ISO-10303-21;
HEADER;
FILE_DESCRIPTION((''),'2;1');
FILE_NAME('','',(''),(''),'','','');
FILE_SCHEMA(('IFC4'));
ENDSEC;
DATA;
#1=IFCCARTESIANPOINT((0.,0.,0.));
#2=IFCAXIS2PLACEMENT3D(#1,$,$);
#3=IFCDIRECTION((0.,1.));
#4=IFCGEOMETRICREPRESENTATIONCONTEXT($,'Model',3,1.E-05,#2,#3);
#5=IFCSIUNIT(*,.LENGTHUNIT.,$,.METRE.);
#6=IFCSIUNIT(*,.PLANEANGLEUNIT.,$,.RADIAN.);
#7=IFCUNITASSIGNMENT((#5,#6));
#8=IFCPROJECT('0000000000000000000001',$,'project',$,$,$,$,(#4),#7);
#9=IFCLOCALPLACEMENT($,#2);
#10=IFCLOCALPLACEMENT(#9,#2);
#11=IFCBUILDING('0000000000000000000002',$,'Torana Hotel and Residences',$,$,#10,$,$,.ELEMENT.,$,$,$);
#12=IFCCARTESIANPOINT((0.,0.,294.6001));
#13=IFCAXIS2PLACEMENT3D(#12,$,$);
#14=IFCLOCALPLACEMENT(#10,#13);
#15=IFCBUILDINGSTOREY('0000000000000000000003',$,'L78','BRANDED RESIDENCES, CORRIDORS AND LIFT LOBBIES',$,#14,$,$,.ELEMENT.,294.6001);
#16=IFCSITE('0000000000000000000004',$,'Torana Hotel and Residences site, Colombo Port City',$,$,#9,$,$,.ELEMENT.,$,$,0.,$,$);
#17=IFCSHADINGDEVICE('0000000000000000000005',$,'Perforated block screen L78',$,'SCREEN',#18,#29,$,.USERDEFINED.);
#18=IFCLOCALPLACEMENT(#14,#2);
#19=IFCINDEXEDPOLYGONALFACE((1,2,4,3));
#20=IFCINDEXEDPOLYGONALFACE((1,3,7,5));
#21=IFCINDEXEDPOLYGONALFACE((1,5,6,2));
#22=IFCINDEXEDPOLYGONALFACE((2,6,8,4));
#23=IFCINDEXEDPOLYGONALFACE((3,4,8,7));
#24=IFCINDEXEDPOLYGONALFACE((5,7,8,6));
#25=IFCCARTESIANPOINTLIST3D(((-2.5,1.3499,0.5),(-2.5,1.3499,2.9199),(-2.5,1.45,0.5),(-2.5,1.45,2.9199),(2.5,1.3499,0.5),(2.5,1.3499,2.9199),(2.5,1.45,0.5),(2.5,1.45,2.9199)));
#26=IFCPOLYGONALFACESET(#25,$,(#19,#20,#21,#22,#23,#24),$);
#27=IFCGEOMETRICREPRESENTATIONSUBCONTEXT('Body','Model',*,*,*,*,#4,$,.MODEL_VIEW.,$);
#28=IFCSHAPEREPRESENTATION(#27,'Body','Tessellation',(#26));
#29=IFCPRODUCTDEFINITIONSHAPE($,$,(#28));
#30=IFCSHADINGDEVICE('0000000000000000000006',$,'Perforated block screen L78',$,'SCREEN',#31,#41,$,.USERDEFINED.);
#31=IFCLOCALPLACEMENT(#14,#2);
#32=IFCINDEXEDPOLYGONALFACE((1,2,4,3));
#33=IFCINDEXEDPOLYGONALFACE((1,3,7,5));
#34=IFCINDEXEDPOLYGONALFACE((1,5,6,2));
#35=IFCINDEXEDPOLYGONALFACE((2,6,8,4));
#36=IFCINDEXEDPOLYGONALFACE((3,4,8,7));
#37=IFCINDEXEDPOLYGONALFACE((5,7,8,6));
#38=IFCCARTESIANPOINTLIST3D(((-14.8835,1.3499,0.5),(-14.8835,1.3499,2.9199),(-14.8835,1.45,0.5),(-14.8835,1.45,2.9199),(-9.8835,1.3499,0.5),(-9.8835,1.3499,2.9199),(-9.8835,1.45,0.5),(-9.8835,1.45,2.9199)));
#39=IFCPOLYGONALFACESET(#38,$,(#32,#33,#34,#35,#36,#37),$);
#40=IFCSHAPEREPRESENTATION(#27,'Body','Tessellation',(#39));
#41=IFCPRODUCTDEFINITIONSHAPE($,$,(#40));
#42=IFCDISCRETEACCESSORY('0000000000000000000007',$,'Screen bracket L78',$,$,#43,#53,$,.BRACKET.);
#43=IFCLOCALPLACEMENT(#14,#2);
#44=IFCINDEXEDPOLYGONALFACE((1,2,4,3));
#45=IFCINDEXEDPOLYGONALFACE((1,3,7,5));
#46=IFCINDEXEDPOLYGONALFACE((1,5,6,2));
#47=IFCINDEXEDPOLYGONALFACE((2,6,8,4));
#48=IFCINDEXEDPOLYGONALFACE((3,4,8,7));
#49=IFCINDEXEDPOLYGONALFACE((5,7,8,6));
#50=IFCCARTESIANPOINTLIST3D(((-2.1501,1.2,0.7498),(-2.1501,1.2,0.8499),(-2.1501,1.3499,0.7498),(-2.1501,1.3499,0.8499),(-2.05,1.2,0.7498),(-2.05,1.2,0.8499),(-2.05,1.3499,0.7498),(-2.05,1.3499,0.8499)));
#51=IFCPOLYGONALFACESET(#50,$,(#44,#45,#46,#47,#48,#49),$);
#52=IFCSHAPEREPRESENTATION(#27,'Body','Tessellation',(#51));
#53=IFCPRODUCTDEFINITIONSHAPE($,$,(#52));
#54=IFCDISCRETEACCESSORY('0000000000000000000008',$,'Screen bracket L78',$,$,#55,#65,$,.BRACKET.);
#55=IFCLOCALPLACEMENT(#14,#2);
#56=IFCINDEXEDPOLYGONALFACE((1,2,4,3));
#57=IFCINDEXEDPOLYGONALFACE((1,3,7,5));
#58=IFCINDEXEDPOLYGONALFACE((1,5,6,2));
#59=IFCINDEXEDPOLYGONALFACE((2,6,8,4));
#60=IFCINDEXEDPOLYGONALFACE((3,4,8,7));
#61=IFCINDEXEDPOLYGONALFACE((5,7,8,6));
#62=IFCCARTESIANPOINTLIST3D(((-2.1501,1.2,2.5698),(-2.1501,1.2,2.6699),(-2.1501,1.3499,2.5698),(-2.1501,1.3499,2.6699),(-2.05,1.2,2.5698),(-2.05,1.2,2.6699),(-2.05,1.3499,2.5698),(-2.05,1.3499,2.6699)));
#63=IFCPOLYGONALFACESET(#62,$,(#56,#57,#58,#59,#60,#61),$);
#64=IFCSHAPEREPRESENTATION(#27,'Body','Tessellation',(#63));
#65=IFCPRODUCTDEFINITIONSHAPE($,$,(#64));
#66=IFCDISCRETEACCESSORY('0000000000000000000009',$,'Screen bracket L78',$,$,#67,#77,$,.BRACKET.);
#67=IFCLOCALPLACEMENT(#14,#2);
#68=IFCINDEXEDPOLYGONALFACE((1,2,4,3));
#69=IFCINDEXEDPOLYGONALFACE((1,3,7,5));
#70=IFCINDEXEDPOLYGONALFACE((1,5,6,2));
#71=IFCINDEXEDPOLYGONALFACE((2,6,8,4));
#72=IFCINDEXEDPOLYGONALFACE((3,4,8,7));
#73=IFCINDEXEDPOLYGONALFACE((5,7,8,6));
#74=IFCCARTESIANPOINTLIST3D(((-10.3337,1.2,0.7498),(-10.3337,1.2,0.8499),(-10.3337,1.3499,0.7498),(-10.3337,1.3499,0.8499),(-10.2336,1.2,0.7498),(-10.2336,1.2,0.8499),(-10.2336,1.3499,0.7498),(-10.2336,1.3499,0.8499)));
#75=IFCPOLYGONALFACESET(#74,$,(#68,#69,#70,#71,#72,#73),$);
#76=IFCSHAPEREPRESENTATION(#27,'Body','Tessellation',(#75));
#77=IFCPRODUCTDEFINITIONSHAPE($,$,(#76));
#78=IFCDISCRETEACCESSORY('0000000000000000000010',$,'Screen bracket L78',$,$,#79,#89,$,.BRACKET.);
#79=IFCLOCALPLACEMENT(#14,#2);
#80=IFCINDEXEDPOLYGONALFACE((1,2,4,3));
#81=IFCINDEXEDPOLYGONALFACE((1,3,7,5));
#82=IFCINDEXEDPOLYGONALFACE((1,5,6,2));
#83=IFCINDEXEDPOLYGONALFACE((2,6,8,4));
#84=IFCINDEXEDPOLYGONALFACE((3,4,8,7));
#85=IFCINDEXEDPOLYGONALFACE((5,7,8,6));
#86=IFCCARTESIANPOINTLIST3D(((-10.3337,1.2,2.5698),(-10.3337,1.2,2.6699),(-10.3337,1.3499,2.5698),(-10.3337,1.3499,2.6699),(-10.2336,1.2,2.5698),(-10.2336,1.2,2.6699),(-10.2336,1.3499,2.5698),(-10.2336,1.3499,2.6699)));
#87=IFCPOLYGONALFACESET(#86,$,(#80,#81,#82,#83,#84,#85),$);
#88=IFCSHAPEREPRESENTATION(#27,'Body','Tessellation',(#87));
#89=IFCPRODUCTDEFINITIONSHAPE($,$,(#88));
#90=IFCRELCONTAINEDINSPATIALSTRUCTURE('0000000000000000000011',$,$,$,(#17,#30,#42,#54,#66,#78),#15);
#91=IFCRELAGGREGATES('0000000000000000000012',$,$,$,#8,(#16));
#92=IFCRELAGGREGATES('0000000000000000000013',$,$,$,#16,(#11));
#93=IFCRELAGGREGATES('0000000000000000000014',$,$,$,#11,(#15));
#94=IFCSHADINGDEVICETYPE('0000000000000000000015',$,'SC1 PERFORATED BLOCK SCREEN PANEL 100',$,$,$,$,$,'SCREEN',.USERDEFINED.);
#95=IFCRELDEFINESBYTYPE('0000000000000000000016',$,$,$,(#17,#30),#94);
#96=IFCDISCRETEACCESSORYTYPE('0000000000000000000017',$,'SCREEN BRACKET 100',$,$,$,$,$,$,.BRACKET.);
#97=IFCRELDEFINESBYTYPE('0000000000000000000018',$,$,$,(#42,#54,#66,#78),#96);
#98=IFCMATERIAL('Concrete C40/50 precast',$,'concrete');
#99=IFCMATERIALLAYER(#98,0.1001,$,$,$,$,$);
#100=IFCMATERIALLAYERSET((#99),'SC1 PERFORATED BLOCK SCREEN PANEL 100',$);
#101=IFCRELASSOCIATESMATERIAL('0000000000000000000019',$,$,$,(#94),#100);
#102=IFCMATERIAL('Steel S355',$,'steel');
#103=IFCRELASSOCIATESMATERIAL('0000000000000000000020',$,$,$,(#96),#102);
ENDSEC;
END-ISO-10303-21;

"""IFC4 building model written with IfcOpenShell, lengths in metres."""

from ifc_helpers import new_model, si_unit, direction, frame, origin, origin_2d, place, context, subcontext, project, spatial, rectangle, extrude, material, layer, layer_set, type_object, element, save


model = new_model("IFC4")

# Units and contexts
model_context = context("Model", 3, precision=1e-05, world=origin(), true_north=direction((0.0, 1.0)))
body_context = subcontext(model_context, "Body", "Model", "MODEL_VIEW")
ifc_project = project(units=[si_unit("LENGTHUNIT", "METRE"), si_unit("PLANEANGLEUNIT", "RADIAN")], contexts=[model_context])

# Site, building, storey
site_placement = place(None, origin())
site = spatial("IfcSite", under=ifc_project, at=site_placement, Name="Torana Hotel and Residences site, Colombo Port City", CompositionType="ELEMENT", RefElevation=0.0)
building_placement = place(site_placement, origin())
building = spatial("IfcBuilding", under=site, at=building_placement, Name="Torana Hotel and Residences", CompositionType="ELEMENT")
storey_placement = place(building_placement, frame((0.0, 0.0, 294.6001)))
storey = spatial("IfcBuildingStorey", under=building, at=storey_placement, Name="L78", Description="BRANDED RESIDENCES, CORRIDORS AND LIFT LOBBIES", CompositionType="ELEMENT", Elevation=294.6001)

# Shading devices
ifc_material_1 = material(Name="Concrete C40/50 precast", Category="concrete")
ifc_layer_1 = layer(ifc_material_1, 0.1001)
ifc_layer_set_1 = layer_set([ifc_layer_1], Name="SC1 PERFORATED BLOCK SCREEN PANEL 100")
shading_device_type = type_object("IfcShadingDeviceType", Name="SC1 PERFORATED BLOCK SCREEN PANEL 100", ElementType="SCREEN", PredefinedType="USERDEFINED", material=ifc_layer_set_1)
for number, where, z_axis, x_axis, name in (
    (1, (0.0, 1.3999, 0.5), (0.0, 0.0, 1.0), (-1.0, 0.0, 0.0), "Perforated block screen L78"),
    (2, (-12.3835, 1.3999, 0.5), (0.0, 0.0, 1.0), (-1.0, 0.0, 0.0), "Perforated block screen L78"),
):
    element("IfcShadingDevice", number, at=place(storey_placement, frame(where, z_axis=z_axis, x_axis=x_axis)), inside=storey, type_object=shading_device_type, Name=name, ObjectType="SCREEN", PredefinedType="USERDEFINED", context=body_context, shape_type="SweptSolid", body=[
        extrude(rectangle(XDim=5.0, YDim=0.1001, at=origin_2d()), origin(), (0.0, 0.0, 1.0), 2.4199),
    ])

# Discrete accessories
ifc_material_2 = material(Name="Steel S355", Category="steel")
discrete_accessory_type = type_object("IfcDiscreteAccessoryType", Name="SCREEN BRACKET 100", PredefinedType="BRACKET", material=ifc_material_2)
for number, where, z_axis, x_axis, name in (
    (3, (-2.1001, 1.2749, 0.7498), (0.0, 0.0, 1.0), (-1.0, 0.0, 0.0), "Screen bracket L78"),
    (4, (-2.1001, 1.2749, 2.5698), (0.0, 0.0, 1.0), (-1.0, 0.0, 0.0), "Screen bracket L78"),
    (5, (-10.2837, 1.2749, 0.7498), (0.0, 0.0, 1.0), (-1.0, 0.0, 0.0), "Screen bracket L78"),
    (6, (-10.2837, 1.2749, 2.5698), (0.0, 0.0, 1.0), (-1.0, 0.0, 0.0), "Screen bracket L78"),
):
    element("IfcDiscreteAccessory", number, at=place(storey_placement, frame(where, z_axis=z_axis, x_axis=x_axis)), inside=storey, type_object=discrete_accessory_type, Name=name, PredefinedType="BRACKET", context=body_context, shape_type="SweptSolid", body=[
        extrude(rectangle(XDim=0.1001, YDim=0.1499, at=origin_2d()), origin(), (0.0, 0.0, 1.0), 0.1001),
    ])

save(model, "model.ifc")
